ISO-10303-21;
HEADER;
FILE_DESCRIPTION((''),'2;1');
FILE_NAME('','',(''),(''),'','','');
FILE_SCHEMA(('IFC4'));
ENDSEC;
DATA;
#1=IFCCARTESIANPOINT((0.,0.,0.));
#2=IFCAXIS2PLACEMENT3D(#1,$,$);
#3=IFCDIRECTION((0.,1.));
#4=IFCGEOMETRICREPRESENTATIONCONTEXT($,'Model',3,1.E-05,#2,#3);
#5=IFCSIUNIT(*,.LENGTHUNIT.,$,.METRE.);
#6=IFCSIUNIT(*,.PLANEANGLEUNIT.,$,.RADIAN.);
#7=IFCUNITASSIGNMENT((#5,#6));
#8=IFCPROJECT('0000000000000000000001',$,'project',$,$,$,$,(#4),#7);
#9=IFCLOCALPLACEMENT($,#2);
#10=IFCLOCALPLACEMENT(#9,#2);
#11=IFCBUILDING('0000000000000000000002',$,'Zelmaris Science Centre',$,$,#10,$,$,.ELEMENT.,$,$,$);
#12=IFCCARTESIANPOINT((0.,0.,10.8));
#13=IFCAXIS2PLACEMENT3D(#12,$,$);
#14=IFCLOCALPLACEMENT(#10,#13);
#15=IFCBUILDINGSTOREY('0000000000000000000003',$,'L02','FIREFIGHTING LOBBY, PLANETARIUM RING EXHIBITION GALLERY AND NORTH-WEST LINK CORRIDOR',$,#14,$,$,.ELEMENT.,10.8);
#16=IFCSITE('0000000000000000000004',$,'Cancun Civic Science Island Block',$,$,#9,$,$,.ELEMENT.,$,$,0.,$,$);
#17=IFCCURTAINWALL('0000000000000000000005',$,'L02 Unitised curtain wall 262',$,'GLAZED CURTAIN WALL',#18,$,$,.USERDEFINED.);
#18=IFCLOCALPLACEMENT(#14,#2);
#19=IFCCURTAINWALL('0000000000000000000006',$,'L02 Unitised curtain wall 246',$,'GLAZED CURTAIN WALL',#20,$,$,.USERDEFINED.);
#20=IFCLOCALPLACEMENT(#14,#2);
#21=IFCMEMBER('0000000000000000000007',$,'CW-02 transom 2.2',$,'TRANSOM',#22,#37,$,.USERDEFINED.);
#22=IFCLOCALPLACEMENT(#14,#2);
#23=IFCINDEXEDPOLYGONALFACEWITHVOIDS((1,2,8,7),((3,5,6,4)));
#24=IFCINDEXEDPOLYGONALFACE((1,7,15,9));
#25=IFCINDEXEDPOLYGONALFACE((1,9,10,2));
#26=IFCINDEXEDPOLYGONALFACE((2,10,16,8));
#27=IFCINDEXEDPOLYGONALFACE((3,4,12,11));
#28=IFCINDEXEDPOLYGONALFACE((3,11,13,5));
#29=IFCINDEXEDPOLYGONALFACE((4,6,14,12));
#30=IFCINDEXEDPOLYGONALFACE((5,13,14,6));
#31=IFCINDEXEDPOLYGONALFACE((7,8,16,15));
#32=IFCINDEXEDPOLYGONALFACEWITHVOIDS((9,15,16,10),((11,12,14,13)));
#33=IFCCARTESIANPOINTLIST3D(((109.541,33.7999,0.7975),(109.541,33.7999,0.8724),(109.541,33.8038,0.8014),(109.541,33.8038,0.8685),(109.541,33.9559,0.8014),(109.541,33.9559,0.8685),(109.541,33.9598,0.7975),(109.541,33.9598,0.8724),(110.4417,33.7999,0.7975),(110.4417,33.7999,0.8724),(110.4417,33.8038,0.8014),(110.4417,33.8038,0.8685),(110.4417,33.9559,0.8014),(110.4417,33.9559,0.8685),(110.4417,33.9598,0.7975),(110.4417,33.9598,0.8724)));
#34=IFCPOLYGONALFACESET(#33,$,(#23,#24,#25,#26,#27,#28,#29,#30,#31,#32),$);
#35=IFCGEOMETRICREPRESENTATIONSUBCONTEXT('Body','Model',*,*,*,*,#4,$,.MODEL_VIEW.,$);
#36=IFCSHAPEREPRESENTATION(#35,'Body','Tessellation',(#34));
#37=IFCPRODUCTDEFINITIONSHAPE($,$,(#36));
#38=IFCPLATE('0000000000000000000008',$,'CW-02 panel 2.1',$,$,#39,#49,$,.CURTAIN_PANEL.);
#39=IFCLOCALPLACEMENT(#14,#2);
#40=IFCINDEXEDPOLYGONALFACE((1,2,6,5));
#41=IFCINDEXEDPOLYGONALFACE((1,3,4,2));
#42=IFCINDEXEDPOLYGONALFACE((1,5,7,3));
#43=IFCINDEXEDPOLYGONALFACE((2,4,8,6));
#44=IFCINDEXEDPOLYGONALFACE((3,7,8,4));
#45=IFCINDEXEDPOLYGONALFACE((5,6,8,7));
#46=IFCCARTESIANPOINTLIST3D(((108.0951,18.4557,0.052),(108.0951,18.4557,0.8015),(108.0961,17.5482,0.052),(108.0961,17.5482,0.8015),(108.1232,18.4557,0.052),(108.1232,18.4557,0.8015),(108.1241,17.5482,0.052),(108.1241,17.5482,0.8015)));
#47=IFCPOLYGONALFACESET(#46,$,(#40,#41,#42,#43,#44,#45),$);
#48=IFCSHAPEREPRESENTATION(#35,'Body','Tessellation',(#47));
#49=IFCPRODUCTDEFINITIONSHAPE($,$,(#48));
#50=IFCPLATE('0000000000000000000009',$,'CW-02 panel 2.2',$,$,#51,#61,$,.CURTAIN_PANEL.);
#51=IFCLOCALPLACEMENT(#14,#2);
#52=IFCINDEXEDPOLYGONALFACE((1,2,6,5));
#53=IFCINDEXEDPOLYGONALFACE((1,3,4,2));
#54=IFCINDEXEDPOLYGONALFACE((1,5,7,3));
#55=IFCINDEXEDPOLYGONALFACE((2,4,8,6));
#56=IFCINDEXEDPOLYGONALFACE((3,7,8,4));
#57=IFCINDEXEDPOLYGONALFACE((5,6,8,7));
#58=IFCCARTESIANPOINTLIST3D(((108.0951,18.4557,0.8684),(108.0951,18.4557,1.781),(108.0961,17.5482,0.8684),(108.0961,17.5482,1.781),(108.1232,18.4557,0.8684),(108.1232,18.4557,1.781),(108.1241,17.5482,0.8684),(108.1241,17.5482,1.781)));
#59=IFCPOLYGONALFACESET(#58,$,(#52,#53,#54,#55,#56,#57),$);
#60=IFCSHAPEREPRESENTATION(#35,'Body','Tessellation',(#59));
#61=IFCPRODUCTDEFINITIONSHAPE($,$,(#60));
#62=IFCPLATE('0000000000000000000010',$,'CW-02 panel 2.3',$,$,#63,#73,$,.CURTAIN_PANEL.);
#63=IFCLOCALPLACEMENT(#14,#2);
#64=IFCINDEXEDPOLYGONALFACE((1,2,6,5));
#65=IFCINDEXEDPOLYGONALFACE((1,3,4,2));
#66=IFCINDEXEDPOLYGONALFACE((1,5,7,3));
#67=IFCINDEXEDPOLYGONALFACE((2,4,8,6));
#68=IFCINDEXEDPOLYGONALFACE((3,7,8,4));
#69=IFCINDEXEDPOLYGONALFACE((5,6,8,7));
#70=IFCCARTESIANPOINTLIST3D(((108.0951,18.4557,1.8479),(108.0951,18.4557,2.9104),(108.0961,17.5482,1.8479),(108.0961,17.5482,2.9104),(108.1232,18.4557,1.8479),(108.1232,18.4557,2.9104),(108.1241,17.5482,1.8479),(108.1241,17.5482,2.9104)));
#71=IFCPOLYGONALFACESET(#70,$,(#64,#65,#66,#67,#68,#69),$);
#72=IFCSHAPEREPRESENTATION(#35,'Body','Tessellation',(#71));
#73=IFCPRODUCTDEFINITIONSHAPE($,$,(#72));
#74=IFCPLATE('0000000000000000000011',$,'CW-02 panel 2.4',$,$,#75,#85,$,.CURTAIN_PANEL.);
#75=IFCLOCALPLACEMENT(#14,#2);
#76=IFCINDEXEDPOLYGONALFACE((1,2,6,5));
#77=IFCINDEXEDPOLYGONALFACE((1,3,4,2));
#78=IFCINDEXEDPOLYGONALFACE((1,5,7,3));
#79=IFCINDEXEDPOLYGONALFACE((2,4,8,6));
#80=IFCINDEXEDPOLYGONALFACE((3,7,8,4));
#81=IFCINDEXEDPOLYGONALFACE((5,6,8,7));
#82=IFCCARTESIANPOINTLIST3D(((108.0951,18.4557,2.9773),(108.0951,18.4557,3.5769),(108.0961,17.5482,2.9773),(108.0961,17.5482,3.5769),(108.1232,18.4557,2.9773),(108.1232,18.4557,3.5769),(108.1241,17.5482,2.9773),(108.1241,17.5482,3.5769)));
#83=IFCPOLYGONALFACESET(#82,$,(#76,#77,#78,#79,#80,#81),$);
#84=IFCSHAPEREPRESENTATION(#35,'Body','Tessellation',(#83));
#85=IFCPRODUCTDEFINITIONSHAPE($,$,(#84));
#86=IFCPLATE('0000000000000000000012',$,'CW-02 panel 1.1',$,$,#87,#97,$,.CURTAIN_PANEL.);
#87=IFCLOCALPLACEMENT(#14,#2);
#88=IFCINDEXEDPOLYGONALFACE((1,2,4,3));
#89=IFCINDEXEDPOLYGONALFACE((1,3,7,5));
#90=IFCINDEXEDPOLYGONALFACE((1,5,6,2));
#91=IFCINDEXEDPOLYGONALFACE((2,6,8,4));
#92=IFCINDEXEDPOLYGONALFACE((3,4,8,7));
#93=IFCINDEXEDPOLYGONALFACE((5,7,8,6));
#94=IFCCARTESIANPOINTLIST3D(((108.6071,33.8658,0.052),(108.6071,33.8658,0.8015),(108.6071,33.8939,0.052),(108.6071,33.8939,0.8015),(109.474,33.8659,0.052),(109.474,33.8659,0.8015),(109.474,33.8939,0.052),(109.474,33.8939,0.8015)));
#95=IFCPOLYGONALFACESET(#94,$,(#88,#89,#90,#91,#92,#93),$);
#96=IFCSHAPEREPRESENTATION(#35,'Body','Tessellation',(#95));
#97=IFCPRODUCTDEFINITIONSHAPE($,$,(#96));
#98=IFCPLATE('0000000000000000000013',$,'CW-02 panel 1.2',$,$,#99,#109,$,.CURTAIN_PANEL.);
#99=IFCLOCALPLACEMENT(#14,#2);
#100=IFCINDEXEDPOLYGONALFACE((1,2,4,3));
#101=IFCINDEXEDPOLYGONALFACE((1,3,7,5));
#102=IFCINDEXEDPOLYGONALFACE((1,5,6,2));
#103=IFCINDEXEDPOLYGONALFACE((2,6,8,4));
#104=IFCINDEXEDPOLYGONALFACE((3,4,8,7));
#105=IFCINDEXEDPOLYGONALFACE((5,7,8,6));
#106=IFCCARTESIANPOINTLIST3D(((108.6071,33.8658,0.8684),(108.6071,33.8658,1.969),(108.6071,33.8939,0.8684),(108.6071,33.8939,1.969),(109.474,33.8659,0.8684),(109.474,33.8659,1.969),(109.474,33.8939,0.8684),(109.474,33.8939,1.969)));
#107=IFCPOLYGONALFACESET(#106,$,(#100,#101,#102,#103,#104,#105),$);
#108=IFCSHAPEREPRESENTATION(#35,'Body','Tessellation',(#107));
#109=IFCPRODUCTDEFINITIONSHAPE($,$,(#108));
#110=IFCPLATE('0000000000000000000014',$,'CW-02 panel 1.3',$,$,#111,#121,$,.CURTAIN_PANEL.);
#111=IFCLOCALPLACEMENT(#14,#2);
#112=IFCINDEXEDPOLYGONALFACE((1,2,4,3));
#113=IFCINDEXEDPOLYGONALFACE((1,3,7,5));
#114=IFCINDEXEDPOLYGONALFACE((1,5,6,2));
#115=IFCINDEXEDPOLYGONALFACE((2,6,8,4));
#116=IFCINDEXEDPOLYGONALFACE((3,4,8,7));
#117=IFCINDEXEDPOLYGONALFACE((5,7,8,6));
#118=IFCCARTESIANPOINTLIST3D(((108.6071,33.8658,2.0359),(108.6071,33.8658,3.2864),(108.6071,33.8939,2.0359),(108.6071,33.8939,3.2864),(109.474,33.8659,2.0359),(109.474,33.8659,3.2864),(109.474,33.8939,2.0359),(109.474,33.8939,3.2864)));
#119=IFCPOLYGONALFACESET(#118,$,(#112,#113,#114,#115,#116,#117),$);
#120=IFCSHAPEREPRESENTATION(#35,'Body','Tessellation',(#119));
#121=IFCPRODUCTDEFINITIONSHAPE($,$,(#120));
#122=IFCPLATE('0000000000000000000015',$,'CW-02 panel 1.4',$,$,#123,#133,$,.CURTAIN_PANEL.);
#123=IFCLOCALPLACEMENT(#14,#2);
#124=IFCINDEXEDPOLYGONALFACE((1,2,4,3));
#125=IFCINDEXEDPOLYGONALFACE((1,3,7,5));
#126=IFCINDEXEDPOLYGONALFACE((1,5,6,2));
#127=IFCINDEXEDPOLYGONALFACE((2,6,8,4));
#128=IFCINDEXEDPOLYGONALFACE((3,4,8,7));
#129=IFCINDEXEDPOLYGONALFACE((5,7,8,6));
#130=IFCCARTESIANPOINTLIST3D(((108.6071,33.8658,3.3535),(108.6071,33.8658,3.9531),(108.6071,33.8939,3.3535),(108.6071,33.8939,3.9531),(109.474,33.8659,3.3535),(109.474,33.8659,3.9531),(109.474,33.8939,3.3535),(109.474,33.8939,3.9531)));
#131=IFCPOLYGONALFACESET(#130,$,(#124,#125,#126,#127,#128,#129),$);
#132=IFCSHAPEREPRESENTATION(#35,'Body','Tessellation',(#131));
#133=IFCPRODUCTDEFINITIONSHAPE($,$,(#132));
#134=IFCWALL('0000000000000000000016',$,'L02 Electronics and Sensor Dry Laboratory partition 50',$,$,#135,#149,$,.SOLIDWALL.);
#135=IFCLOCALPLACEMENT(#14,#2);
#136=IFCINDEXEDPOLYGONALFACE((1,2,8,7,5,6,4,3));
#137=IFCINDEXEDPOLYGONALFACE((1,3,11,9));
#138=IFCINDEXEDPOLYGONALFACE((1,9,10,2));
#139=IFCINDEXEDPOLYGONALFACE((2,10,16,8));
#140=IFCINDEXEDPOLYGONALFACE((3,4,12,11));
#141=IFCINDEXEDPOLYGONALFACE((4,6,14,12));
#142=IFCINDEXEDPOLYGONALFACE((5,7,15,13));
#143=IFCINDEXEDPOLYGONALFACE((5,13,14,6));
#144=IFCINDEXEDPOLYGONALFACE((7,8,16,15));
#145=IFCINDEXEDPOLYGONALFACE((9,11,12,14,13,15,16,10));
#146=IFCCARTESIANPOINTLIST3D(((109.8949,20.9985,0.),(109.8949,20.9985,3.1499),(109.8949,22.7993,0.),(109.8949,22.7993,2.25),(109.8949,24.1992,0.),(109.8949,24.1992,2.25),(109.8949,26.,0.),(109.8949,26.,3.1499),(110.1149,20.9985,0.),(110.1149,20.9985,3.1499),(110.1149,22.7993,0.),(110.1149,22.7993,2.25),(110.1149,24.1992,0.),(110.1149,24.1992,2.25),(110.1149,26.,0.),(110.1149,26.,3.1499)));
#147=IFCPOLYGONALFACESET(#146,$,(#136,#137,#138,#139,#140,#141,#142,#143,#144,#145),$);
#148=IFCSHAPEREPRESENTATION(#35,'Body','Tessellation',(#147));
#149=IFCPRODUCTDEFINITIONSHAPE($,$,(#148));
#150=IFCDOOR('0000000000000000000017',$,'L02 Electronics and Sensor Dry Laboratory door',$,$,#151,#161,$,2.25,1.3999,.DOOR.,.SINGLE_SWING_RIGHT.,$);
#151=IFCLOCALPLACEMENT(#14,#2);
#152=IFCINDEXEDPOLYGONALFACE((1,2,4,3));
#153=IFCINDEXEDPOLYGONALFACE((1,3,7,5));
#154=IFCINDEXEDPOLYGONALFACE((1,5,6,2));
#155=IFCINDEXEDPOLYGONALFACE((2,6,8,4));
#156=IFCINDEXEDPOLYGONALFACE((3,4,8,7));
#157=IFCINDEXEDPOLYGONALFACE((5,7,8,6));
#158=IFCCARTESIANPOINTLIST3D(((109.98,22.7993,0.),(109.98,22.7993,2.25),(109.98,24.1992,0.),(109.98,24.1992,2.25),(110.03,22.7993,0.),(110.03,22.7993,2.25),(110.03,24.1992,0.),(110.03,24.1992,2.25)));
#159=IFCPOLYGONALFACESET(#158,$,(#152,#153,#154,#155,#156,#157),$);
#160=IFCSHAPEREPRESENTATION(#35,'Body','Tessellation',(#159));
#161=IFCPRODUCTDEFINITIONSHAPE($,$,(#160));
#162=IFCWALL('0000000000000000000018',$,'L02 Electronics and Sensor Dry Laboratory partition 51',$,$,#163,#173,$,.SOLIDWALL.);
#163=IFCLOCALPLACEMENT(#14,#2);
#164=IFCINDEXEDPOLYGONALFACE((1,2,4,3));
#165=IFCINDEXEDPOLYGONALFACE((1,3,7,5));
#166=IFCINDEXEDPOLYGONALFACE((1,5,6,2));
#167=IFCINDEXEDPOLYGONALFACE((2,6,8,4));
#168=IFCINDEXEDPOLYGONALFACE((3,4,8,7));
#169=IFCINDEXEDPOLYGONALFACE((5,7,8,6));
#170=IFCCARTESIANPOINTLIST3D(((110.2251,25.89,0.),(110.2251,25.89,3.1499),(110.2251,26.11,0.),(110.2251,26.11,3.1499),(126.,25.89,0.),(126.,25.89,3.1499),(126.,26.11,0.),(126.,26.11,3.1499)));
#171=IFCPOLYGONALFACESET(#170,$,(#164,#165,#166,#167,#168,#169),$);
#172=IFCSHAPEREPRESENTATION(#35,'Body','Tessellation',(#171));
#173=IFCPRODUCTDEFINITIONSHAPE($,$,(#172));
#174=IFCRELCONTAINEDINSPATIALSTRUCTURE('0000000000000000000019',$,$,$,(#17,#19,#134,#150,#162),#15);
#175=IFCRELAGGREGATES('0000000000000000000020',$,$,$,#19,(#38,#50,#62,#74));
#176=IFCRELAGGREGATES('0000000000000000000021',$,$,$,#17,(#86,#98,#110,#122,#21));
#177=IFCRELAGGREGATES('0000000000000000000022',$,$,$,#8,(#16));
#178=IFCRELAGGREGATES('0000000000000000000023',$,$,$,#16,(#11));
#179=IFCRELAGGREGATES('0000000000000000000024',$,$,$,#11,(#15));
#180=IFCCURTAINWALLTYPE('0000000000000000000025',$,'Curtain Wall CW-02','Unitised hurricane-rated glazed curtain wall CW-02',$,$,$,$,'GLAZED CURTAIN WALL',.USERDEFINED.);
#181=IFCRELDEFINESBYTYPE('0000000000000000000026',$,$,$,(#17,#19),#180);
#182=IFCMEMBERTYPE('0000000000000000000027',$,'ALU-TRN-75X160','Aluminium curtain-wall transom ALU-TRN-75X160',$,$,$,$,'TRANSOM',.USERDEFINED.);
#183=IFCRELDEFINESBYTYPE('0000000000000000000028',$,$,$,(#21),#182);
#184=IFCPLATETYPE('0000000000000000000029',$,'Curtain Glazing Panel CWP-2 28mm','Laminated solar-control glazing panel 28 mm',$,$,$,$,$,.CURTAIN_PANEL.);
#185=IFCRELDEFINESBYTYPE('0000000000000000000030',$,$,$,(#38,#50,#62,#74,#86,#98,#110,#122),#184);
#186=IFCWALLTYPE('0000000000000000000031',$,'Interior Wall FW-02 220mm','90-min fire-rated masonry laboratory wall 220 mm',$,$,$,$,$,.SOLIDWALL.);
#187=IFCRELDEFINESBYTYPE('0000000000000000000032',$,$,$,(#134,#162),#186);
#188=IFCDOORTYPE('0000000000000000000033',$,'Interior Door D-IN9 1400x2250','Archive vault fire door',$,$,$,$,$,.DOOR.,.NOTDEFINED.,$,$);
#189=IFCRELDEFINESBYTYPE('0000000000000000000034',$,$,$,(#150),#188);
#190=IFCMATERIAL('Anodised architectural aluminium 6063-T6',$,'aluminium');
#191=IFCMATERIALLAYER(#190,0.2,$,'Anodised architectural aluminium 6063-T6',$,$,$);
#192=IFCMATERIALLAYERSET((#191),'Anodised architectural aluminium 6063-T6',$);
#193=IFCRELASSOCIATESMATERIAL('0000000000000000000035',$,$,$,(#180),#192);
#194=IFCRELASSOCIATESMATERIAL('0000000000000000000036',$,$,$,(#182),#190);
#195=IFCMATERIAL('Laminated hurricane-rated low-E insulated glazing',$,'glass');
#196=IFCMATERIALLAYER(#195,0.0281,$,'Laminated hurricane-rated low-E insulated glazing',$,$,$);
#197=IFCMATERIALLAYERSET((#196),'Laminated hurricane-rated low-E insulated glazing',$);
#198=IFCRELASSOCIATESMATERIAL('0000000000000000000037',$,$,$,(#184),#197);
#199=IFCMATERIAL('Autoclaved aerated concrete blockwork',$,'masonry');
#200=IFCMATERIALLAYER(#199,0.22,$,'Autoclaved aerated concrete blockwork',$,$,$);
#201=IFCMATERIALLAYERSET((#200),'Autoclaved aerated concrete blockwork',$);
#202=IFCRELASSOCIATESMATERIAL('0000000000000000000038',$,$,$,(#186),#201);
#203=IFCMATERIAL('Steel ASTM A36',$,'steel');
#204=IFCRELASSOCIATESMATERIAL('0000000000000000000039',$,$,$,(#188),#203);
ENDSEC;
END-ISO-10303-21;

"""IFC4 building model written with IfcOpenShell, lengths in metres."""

from ifc_helpers import new_model, si_unit, direction, frame, frame_2d, origin, origin_2d, place, context, subcontext, project, spatial, rectangle, hollow_rectangle, extrude, material, layer, layer_set, material_profile, profile_set, type_object, element, fill, aggregate, save


model = new_model("IFC4")

# Units and contexts
model_context = context("Model", 3, precision=1e-05, world=origin(), true_north=direction((0.0, 1.0)))
body_context = subcontext(model_context, "Body", "Model", "MODEL_VIEW")
ifc_project = project(units=[si_unit("LENGTHUNIT", "METRE"), si_unit("PLANEANGLEUNIT", "RADIAN")], contexts=[model_context])

# Site, building, storey
site_placement = place(None, origin())
site = spatial("IfcSite", under=ifc_project, at=site_placement, Name="Cancun Civic Science Island Block", CompositionType="ELEMENT", RefElevation=0.0)
building_placement = place(site_placement, origin())
building = spatial("IfcBuilding", under=site, at=building_placement, Name="Zelmaris Science Centre", CompositionType="ELEMENT")
storey_placement = place(building_placement, frame((0.0, 0.0, 10.8)))
storey = spatial("IfcBuildingStorey", under=building, at=storey_placement, Name="L02", Description="FIREFIGHTING LOBBY, PLANETARIUM RING EXHIBITION GALLERY AND NORTH-WEST LINK CORRIDOR", CompositionType="ELEMENT", Elevation=10.8)

# Curtain walls
ifc_material_1 = material(Name="Anodised architectural aluminium 6063-T6", Category="aluminium")
ifc_layer_1 = layer(ifc_material_1, 0.2, Name="Anodised architectural aluminium 6063-T6")
ifc_layer_set_1 = layer_set([ifc_layer_1], Name="Anodised architectural aluminium 6063-T6")
curtain_wall_type = type_object("IfcCurtainWallType", Name="Curtain Wall CW-02", Description="Unitised hurricane-rated glazed curtain wall CW-02", ElementType="GLAZED CURTAIN WALL", PredefinedType="USERDEFINED", material=ifc_layer_set_1)
curtain_wall_1_placement = place(storey_placement, origin())
curtain_wall_1 = element("IfcCurtainWall", 1, at=curtain_wall_1_placement, inside=storey, type_object=curtain_wall_type, Name="L02 Unitised curtain wall 262", ObjectType="GLAZED CURTAIN WALL", PredefinedType="USERDEFINED")
curtain_wall_2_placement = place(storey_placement, origin())
curtain_wall_2 = element("IfcCurtainWall", 2, at=curtain_wall_2_placement, inside=storey, type_object=curtain_wall_type, Name="L02 Unitised curtain wall 246", ObjectType="GLAZED CURTAIN WALL", PredefinedType="USERDEFINED")
ifc_material_profile_1 = material_profile(ifc_material_1, hollow_rectangle(XDim=0.075, YDim=0.1599, WallThickness=0.0039, at=origin_2d()), Name="ALU-TRN-75X160")
ifc_profile_set_1 = profile_set([ifc_material_profile_1], Name="Anodised architectural aluminium 6063-T6")
member_type_1 = type_object("IfcMemberType", Name="ALU-TRN-75X160", Description="Aluminium curtain-wall transom ALU-TRN-75X160", ElementType="TRANSOM", PredefinedType="USERDEFINED", material=ifc_profile_set_1)

# Member
member_1_placement = place(storey_placement, frame((109.541, 33.8799, 0.835), z_axis=(1.0, 0.0, 0.0), x_axis=(0.0, 0.0, 1.0)))
member_1 = element("IfcMember", 3, at=member_1_placement, type_object=member_type_1, Name="CW-02 transom 2.2", ObjectType="TRANSOM", PredefinedType="USERDEFINED", context=body_context, shape_type="SweptSolid", body=[
    extrude(hollow_rectangle(XDim=0.075, YDim=0.1599, WallThickness=0.0039, at=origin_2d()), origin(), (0.0, 0.0, 1.0), 0.9006),
])

# Plates
ifc_material_2 = material(Name="Laminated hurricane-rated low-E insulated glazing", Category="glass")
ifc_layer_2 = layer(ifc_material_2, 0.0281, Name="Laminated hurricane-rated low-E insulated glazing")
ifc_layer_set_2 = layer_set([ifc_layer_2], Name="Laminated hurricane-rated low-E insulated glazing")
plate_type = type_object("IfcPlateType", Name="Curtain Glazing Panel CWP-2 28mm", Description="Laminated solar-control glazing panel 28 mm", PredefinedType="CURTAIN_PANEL", material=ifc_layer_set_2)
plate_1_placement = place(storey_placement, frame((108.1096, 18.002, 0.052), z_axis=(0.0, 0.0, 1.0), x_axis=(-0.001052, 0.999999, 0.0)))
plate_1 = element("IfcPlate", 4, at=plate_1_placement, type_object=plate_type, Name="CW-02 panel 2.1", PredefinedType="CURTAIN_PANEL", context=body_context, shape_type="SweptSolid", body=[
    extrude(rectangle(XDim=0.9075, YDim=0.0281, at=origin_2d()), origin(), (0.0, 0.0, 1.0), 0.7495),
])
plate_2_placement = place(storey_placement, frame((108.1096, 18.002, 0.8684), z_axis=(0.0, 0.0, 1.0), x_axis=(-0.001052, 0.999999, 0.0)))
plate_2 = element("IfcPlate", 5, at=plate_2_placement, type_object=plate_type, Name="CW-02 panel 2.2", PredefinedType="CURTAIN_PANEL", context=body_context, shape_type="SweptSolid", body=[
    extrude(rectangle(XDim=0.9075, YDim=0.0281, at=origin_2d()), origin(), (0.0, 0.0, 1.0), 0.9126),
])
plate_3_placement = place(storey_placement, frame((108.1096, 18.002, 1.8479), z_axis=(0.0, 0.0, 1.0), x_axis=(-0.001052, 0.999999, 0.0)))
plate_3 = element("IfcPlate", 6, at=plate_3_placement, type_object=plate_type, Name="CW-02 panel 2.3", PredefinedType="CURTAIN_PANEL", context=body_context, shape_type="SweptSolid", body=[
    extrude(rectangle(XDim=0.9075, YDim=0.0281, at=origin_2d()), origin(), (0.0, 0.0, 1.0), 1.0625),
])
plate_4_placement = place(storey_placement, frame((108.1096, 18.002, 2.9773), z_axis=(0.0, 0.0, 1.0), x_axis=(-0.001052, 0.999999, 0.0)))
plate_4 = element("IfcPlate", 7, at=plate_4_placement, type_object=plate_type, Name="CW-02 panel 2.4", PredefinedType="CURTAIN_PANEL", context=body_context, shape_type="SweptSolid", body=[
    extrude(rectangle(XDim=0.9075, YDim=0.0281, at=origin_2d()), origin(), (0.0, 0.0, 1.0), 0.5996),
])
aggregate(curtain_wall_2, [plate_1, plate_2, plate_3, plate_4])
plate_5_placement = place(storey_placement, frame((109.0405, 33.8799, 0.052), z_axis=(0.0, 0.0, 1.0), x_axis=(1.0, 0.000026, 0.0)))
plate_5 = element("IfcPlate", 8, at=plate_5_placement, type_object=plate_type, Name="CW-02 panel 1.1", PredefinedType="CURTAIN_PANEL", context=body_context, shape_type="SweptSolid", body=[
    extrude(rectangle(XDim=0.8669, YDim=0.0281, at=origin_2d()), origin(), (0.0, 0.0, 1.0), 0.7495),
])
plate_6_placement = place(storey_placement, frame((109.0405, 33.8799, 0.8684), z_axis=(0.0, 0.0, 1.0), x_axis=(1.0, 0.000026, 0.0)))
plate_6 = element("IfcPlate", 9, at=plate_6_placement, type_object=plate_type, Name="CW-02 panel 1.2", PredefinedType="CURTAIN_PANEL", context=body_context, shape_type="SweptSolid", body=[
    extrude(rectangle(XDim=0.8669, YDim=0.0281, at=origin_2d()), origin(), (0.0, 0.0, 1.0), 1.1006),
])
plate_7_placement = place(storey_placement, frame((109.0405, 33.8799, 2.0359), z_axis=(0.0, 0.0, 1.0), x_axis=(1.0, 0.000026, 0.0)))
plate_7 = element("IfcPlate", 10, at=plate_7_placement, type_object=plate_type, Name="CW-02 panel 1.3", PredefinedType="CURTAIN_PANEL", context=body_context, shape_type="SweptSolid", body=[
    extrude(rectangle(XDim=0.8669, YDim=0.0281, at=origin_2d()), origin(), (0.0, 0.0, 1.0), 1.2505),
])
plate_8_placement = place(storey_placement, frame((109.0405, 33.8799, 3.3535), z_axis=(0.0, 0.0, 1.0), x_axis=(1.0, 0.000026, 0.0)))
plate_8 = element("IfcPlate", 11, at=plate_8_placement, type_object=plate_type, Name="CW-02 panel 1.4", PredefinedType="CURTAIN_PANEL", context=body_context, shape_type="SweptSolid", body=[
    extrude(rectangle(XDim=0.8669, YDim=0.0281, at=origin_2d()), origin(), (0.0, 0.0, 1.0), 0.5996),
])
aggregate(curtain_wall_1, [plate_5, plate_6, plate_7, plate_8, member_1])

# Wall, opening, door
ifc_material_3 = material(Name="Autoclaved aerated concrete blockwork", Category="masonry")
ifc_layer_3 = layer(ifc_material_3, 0.22, Name="Autoclaved aerated concrete blockwork")
ifc_layer_set_3 = layer_set([ifc_layer_3], Name="Autoclaved aerated concrete blockwork")
wall_type = type_object("IfcWallType", Name="Interior Wall FW-02 220mm", Description="90-min fire-rated masonry laboratory wall 220 mm", PredefinedType="SOLIDWALL", material=ifc_layer_set_3)
wall_1_placement = place(storey_placement, frame((110.0049, 20.9985, 0.0), z_axis=(0.0, 0.0, 1.0), x_axis=(0.0, 1.0, 0.0)))
wall_1 = element("IfcWall", 12, at=wall_1_placement, inside=storey, type_object=wall_type, Name="L02 Electronics and Sensor Dry Laboratory partition 50", PredefinedType="SOLIDWALL", context=body_context, shape_type="SweptSolid", body=[
    extrude(rectangle(XDim=5.0015, YDim=0.22, at=frame_2d((2.5007, 0.0))), origin(), (0.0, 0.0, 1.0), 3.1499),
])
opening_placement = place(wall_1_placement, frame((1.8008, 0.0, 0.0)))
opening = element("IfcOpeningElement", 13, at=opening_placement, cuts=wall_1, PredefinedType="OPENING", context=body_context, shape_type="SweptSolid", body=[
    extrude(rectangle(XDim=1.3999, YDim=2.25, at=frame_2d((0.7, 1.125))), frame((0.0, 0.1199, 0.0), z_axis=(0.0, -1.0, 0.0), x_axis=(1.0, 0.0, 0.0)), (0.0, 0.0, 1.0), 0.24),
])
ifc_material_4 = material(Name="Steel ASTM A36", Category="steel")
door_type = type_object("IfcDoorType", Name="Interior Door D-IN9 1400x2250", Description="Archive vault fire door", OperationType="NOTDEFINED", PredefinedType="DOOR", material=ifc_material_4)
door_placement = place(opening_placement, origin())
door = element("IfcDoor", 14, at=door_placement, inside=storey, type_object=door_type, Name="L02 Electronics and Sensor Dry Laboratory door", OperationType="SINGLE_SWING_RIGHT", OverallHeight=2.25, OverallWidth=1.3999, PredefinedType="DOOR", context=body_context, shape_type="SweptSolid", body=[
    extrude(rectangle(XDim=1.3999, YDim=2.25, at=frame_2d((0.7, 1.125))), frame((0.0, 0.0249, 0.0), z_axis=(0.0, -1.0, 0.0), x_axis=(1.0, 0.0, 0.0)), (0.0, 0.0, 1.0), 0.05),
])
fill(opening, door)

# Wall
wall_2_placement = place(storey_placement, frame((110.2251, 26.0, 0.0), z_axis=(0.0, 0.0, 1.0), x_axis=(1.0, 0.0, 0.0)))
element("IfcWall", 15, at=wall_2_placement, inside=storey, type_object=wall_type, Name="L02 Electronics and Sensor Dry Laboratory partition 51", PredefinedType="SOLIDWALL", context=body_context, shape_type="SweptSolid", body=[
    extrude(rectangle(XDim=15.7749, YDim=0.22, at=frame_2d((7.8875, 0.0))), origin(), (0.0, 0.0, 1.0), 3.1499),
])

save(model, "model.ifc")
